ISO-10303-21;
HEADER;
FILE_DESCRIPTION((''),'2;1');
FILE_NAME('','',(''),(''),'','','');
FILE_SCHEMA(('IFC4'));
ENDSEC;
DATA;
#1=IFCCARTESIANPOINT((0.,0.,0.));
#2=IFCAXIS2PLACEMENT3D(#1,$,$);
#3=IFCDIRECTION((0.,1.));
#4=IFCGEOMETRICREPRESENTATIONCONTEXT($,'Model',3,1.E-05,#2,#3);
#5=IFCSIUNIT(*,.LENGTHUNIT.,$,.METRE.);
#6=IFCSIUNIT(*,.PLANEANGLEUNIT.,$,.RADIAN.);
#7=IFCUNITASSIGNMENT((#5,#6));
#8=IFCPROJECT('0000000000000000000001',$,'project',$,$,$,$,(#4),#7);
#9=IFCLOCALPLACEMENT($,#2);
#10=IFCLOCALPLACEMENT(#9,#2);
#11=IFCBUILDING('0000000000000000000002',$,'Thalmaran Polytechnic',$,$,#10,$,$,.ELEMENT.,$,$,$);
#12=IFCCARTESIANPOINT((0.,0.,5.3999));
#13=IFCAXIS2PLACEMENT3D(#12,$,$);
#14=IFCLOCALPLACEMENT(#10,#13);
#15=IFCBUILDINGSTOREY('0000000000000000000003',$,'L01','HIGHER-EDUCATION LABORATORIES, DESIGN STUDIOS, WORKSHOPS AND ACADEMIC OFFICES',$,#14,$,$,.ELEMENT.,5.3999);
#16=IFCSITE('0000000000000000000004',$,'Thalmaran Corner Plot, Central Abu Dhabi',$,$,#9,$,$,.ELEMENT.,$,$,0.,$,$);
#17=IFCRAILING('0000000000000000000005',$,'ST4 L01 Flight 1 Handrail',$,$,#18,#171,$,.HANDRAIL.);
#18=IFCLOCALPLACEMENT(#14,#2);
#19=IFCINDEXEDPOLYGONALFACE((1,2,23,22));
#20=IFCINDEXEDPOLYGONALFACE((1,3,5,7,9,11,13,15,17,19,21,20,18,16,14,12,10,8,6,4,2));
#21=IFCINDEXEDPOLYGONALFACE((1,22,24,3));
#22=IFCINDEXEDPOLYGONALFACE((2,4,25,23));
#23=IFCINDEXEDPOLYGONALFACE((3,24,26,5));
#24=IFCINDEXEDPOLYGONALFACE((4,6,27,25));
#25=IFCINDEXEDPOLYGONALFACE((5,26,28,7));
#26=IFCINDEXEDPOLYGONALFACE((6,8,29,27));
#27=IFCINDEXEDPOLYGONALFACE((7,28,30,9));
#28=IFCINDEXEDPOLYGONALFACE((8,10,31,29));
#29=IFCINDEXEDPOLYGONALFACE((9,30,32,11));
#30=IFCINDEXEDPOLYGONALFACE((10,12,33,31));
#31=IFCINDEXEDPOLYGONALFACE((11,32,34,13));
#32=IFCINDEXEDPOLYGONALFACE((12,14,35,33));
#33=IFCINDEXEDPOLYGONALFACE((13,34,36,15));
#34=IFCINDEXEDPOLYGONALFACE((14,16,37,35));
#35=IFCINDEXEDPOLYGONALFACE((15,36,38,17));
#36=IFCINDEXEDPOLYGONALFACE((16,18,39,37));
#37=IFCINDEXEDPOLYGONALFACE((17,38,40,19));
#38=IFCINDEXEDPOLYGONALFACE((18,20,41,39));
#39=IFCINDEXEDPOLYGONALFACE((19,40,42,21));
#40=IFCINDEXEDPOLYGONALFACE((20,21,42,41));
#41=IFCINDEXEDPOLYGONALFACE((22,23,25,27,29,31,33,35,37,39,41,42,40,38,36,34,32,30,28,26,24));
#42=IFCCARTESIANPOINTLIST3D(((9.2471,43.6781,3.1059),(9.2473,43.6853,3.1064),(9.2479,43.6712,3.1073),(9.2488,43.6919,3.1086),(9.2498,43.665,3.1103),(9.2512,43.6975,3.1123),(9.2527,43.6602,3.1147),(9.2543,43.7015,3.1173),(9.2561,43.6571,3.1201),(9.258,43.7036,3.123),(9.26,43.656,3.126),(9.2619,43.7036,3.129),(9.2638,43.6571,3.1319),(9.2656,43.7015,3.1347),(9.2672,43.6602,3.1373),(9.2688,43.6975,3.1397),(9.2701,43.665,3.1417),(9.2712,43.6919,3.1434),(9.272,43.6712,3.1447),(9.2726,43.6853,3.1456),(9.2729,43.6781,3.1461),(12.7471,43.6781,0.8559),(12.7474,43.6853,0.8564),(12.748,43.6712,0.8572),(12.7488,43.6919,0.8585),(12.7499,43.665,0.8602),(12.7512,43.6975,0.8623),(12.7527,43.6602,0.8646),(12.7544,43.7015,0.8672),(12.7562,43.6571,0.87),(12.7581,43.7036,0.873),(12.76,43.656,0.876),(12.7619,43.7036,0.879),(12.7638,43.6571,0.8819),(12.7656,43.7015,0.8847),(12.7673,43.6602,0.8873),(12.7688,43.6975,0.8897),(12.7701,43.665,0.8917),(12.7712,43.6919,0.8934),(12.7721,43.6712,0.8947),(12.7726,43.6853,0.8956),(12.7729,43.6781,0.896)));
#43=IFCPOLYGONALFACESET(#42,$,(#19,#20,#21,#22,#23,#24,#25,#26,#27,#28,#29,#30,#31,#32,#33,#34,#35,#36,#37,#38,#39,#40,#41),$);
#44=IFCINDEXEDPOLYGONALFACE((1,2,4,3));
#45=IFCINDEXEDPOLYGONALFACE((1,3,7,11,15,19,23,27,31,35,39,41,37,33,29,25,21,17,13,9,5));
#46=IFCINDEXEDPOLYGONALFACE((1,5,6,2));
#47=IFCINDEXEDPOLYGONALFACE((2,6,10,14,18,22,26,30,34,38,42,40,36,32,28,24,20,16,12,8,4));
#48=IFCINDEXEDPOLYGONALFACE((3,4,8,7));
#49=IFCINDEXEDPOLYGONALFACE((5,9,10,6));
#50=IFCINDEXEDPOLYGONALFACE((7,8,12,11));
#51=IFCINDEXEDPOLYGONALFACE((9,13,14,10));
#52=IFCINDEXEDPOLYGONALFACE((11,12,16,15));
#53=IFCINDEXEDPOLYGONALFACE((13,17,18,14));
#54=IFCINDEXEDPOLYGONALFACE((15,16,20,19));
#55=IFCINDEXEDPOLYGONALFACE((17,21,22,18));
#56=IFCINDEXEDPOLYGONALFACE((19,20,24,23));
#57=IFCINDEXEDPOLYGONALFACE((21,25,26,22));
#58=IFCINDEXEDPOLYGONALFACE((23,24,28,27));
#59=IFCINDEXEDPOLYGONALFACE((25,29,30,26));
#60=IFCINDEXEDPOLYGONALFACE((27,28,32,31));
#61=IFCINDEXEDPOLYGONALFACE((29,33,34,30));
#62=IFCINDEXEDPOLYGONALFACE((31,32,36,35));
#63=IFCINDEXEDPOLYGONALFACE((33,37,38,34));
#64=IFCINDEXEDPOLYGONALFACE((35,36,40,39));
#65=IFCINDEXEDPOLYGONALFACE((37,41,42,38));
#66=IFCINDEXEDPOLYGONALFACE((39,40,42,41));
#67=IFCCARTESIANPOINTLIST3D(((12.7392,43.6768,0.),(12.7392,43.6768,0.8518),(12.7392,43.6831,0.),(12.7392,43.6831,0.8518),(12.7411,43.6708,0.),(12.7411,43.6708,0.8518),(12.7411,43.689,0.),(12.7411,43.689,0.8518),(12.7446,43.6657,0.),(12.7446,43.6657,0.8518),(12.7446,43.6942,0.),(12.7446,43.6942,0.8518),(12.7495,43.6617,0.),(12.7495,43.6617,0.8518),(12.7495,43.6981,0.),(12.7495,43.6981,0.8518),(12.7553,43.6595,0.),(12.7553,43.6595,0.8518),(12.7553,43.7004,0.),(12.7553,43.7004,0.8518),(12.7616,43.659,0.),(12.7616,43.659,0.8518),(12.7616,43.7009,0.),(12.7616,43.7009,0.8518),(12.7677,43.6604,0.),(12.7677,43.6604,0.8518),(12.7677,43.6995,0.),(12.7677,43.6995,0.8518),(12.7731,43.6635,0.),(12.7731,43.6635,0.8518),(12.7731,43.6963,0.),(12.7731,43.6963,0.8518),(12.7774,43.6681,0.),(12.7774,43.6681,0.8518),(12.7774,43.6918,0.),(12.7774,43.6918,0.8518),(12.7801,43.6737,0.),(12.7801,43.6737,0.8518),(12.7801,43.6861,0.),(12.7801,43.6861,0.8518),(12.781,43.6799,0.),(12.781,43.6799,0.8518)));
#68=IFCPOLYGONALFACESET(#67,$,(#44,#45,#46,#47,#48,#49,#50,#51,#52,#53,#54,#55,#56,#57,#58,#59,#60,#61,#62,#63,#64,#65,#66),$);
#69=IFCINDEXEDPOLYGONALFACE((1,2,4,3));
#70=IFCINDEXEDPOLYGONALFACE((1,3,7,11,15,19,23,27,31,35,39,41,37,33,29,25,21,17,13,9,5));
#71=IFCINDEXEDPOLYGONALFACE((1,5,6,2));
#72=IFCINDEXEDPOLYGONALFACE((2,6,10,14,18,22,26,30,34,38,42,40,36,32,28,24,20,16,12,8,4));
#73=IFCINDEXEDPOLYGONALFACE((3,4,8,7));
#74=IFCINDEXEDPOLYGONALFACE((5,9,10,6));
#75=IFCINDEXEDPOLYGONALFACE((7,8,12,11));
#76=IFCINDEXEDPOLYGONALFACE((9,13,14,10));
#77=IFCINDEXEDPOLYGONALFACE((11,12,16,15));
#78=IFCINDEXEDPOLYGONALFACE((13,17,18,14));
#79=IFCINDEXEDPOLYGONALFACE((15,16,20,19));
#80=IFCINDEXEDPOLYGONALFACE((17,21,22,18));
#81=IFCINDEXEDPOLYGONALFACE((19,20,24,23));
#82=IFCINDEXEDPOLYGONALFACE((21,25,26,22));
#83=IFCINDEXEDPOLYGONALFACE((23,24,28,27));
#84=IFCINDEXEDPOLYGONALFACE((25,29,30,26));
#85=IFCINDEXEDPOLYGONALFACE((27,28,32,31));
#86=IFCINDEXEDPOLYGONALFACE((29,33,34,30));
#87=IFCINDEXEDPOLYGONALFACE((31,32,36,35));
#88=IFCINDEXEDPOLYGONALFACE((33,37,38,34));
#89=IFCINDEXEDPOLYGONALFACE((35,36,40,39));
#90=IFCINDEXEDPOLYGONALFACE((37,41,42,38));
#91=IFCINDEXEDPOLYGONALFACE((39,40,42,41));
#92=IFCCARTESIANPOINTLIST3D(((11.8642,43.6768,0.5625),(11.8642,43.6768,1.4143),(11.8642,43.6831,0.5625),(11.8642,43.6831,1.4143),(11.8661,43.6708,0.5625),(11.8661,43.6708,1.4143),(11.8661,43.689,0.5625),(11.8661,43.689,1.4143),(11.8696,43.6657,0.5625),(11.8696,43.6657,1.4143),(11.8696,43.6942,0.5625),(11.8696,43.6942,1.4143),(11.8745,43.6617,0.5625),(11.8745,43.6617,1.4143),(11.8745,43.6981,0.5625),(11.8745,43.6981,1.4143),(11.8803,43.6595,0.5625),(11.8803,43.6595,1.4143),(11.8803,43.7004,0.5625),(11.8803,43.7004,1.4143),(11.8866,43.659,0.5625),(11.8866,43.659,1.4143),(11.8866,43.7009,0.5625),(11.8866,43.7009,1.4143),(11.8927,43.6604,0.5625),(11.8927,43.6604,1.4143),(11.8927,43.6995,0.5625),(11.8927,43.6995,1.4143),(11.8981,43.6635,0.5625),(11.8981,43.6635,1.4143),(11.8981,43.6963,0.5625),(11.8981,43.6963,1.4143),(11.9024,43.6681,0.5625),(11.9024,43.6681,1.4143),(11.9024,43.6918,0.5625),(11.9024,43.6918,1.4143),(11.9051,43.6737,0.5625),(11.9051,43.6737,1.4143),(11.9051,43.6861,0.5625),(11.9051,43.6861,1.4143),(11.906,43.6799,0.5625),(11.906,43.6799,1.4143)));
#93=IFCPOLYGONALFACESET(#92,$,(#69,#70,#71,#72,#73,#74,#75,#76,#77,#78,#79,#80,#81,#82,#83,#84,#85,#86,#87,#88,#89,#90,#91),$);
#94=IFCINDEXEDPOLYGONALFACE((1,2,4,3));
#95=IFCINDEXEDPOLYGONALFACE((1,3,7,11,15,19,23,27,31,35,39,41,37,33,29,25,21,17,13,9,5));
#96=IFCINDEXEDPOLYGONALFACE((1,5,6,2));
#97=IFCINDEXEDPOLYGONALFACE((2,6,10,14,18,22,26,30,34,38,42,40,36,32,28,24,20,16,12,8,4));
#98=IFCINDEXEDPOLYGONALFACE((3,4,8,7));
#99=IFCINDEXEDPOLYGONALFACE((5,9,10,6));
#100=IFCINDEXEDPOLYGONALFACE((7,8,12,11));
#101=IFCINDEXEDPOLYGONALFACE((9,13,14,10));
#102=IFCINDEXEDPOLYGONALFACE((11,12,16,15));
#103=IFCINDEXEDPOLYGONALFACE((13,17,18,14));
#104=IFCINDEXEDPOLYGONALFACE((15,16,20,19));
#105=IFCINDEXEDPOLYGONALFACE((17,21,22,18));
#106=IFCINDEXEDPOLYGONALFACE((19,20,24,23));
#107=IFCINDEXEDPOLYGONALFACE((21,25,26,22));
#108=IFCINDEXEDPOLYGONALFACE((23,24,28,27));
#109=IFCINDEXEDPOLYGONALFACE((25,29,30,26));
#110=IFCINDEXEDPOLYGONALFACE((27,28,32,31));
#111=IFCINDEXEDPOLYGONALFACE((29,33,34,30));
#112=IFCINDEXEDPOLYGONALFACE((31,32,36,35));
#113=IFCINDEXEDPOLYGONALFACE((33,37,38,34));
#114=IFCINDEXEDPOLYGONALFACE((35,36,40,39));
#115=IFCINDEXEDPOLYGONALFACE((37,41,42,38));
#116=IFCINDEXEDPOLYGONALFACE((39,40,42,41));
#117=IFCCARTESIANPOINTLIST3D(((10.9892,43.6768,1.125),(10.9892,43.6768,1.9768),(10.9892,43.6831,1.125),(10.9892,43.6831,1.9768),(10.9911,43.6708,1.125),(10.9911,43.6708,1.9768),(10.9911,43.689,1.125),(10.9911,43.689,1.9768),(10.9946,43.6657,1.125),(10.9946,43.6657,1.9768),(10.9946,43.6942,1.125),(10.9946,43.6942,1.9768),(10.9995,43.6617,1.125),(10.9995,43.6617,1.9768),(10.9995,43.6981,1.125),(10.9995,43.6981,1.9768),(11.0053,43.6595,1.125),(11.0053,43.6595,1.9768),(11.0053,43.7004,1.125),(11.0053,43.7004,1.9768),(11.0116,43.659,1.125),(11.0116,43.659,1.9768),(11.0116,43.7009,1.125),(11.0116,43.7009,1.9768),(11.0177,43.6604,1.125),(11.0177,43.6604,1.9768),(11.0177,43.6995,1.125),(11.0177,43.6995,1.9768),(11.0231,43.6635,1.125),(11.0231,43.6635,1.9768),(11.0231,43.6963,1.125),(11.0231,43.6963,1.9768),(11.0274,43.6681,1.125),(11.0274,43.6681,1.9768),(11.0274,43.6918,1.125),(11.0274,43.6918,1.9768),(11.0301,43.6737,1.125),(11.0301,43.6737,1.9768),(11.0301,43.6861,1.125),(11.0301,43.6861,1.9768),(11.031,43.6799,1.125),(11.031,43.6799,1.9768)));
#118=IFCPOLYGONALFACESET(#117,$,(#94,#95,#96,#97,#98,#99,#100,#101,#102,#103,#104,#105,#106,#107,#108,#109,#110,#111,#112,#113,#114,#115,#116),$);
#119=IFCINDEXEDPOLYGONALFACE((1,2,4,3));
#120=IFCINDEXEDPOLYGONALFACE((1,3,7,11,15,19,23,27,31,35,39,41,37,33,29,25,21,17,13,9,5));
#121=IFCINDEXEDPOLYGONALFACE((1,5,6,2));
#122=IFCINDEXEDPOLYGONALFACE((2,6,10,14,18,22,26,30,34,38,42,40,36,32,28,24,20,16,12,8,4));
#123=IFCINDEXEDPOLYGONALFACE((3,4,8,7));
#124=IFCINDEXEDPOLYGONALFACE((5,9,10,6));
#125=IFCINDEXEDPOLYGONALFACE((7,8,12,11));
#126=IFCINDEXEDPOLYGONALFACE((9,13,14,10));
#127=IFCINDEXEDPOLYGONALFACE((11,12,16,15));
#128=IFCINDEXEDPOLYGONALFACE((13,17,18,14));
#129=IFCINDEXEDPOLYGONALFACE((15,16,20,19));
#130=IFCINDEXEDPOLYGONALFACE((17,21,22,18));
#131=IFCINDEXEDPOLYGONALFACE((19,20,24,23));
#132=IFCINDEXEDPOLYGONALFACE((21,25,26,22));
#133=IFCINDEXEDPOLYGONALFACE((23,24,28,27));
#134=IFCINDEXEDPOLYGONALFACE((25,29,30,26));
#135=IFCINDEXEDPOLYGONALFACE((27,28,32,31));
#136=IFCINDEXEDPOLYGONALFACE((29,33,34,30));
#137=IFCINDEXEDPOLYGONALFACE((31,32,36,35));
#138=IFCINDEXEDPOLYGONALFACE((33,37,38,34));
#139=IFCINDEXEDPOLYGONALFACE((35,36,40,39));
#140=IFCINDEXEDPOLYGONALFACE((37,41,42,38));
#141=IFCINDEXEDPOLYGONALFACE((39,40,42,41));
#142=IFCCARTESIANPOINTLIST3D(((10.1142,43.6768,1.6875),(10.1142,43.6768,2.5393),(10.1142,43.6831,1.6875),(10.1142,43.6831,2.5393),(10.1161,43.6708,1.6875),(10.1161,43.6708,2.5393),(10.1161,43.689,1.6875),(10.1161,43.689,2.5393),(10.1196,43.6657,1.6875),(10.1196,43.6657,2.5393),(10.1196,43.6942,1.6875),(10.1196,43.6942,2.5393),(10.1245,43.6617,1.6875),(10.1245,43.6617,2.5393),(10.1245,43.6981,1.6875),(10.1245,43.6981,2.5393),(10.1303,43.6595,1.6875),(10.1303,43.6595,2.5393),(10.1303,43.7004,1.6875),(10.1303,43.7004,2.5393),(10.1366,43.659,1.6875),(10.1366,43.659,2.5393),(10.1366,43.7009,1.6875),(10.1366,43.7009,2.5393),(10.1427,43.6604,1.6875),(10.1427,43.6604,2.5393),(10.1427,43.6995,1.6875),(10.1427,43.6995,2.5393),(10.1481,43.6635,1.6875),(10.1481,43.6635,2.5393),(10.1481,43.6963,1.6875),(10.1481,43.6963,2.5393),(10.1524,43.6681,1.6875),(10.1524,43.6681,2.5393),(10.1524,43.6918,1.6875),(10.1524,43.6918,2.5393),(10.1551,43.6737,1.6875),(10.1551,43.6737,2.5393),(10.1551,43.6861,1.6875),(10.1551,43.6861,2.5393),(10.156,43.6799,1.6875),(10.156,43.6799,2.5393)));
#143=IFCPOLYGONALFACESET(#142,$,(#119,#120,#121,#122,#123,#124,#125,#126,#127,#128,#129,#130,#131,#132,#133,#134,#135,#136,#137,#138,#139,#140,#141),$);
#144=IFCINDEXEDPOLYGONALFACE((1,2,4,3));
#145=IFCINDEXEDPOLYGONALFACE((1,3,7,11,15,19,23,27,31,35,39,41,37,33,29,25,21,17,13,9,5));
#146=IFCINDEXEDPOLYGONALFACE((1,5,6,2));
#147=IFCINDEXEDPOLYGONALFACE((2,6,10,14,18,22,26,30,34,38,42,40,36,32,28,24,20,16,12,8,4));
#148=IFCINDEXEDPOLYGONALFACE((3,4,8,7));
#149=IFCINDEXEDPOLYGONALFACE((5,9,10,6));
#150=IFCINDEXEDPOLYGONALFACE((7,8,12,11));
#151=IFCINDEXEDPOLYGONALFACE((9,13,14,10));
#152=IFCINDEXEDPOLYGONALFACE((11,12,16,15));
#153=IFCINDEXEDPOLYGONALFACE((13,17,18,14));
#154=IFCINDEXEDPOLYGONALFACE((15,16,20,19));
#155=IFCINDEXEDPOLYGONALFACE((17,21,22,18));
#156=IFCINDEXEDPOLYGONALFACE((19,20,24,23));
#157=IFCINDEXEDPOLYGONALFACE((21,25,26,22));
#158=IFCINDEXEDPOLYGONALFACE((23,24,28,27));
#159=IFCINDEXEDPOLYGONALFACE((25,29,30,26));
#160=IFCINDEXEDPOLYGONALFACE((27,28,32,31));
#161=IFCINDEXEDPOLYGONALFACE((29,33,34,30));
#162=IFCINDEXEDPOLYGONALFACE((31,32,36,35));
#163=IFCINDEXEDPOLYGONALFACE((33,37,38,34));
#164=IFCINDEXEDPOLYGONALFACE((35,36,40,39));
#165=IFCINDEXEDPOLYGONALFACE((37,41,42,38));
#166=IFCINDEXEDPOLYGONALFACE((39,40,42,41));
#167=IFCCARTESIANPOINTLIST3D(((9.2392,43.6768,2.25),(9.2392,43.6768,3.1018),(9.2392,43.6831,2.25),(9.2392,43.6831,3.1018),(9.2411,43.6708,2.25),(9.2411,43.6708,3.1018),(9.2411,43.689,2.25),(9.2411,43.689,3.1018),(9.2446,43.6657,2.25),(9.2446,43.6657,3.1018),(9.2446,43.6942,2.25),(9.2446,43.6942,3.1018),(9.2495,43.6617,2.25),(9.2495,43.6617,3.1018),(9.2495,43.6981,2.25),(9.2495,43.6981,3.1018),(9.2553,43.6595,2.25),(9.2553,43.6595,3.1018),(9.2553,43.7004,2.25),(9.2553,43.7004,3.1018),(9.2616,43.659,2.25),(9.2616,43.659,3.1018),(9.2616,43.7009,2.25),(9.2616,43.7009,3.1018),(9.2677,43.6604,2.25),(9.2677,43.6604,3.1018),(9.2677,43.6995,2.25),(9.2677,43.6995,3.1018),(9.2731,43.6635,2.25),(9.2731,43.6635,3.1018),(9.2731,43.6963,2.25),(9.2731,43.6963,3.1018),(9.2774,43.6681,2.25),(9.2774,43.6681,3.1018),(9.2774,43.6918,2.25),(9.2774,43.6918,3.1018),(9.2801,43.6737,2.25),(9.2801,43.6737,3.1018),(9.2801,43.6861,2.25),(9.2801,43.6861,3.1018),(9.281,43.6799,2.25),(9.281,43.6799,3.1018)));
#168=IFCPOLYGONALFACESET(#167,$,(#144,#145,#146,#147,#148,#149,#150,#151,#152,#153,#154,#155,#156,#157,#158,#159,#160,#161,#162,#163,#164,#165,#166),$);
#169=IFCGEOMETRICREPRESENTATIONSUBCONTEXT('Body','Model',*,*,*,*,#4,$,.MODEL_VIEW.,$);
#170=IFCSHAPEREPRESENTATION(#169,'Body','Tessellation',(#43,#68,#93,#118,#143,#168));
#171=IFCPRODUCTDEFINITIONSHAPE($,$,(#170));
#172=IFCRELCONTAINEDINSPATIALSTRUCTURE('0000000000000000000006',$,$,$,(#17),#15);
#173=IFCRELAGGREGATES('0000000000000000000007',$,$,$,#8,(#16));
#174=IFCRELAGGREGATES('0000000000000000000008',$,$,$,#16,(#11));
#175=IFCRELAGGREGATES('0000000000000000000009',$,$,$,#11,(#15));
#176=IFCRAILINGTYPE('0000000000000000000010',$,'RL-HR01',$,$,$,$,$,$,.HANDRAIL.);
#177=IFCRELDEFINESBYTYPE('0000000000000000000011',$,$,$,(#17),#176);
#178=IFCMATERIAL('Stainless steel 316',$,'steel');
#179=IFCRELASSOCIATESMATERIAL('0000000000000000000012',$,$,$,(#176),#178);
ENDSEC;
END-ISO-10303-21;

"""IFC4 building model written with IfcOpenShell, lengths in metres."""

from ifc_helpers import new_model, si_unit, direction, frame, origin, origin_2d, place, context, subcontext, project, spatial, circle, extrude, material, type_object, element, save


model = new_model("IFC4")

# Units and contexts
model_context = context("Model", 3, precision=1e-05, world=origin(), true_north=direction((0.0, 1.0)))
body_context = subcontext(model_context, "Body", "Model", "MODEL_VIEW")
ifc_project = project(units=[si_unit("LENGTHUNIT", "METRE"), si_unit("PLANEANGLEUNIT", "RADIAN")], contexts=[model_context])

# Site, building, storey
site_placement = place(None, origin())
site = spatial("IfcSite", under=ifc_project, at=site_placement, Name="Thalmaran Corner Plot, Central Abu Dhabi", CompositionType="ELEMENT", RefElevation=0.0)
building_placement = place(site_placement, origin())
building = spatial("IfcBuilding", under=site, at=building_placement, Name="Thalmaran Polytechnic", CompositionType="ELEMENT")
storey_placement = place(building_placement, frame((0.0, 0.0, 5.3999)))
storey = spatial("IfcBuildingStorey", under=building, at=storey_placement, Name="L01", Description="HIGHER-EDUCATION LABORATORIES, DESIGN STUDIOS, WORKSHOPS AND ACADEMIC OFFICES", CompositionType="ELEMENT", Elevation=5.3999)

# Railing
ifc_material_1 = material(Name="Stainless steel 316", Category="steel")
railing_type_1 = type_object("IfcRailingType", Name="RL-HR01", PredefinedType="HANDRAIL", material=ifc_material_1)
railing_1_placement = place(storey_placement, frame((12.76, 43.6799, 0.0)))
element("IfcRailing", 1, at=railing_1_placement, inside=storey, type_object=railing_type_1, Name="ST4 L01 Flight 1 Handrail", PredefinedType="HANDRAIL", context=body_context, shape_type="SweptSolid", body=[
    extrude(circle(Radius=0.0239, at=origin_2d()), frame((0.0, 0.0, 0.876), z_axis=(-0.841178, 0.0, 0.540758), x_axis=(0.0, -1.0, 0.0)), (0.0, 0.0, 1.0), 4.1609),
    extrude(circle(Radius=0.021, at=origin_2d()), origin(), (0.0, 0.0, 1.0), 0.8518),
    extrude(circle(Radius=0.021, at=origin_2d()), frame((-0.875, 0.0, 0.5625)), (0.0, 0.0, 1.0), 0.8518),
    extrude(circle(Radius=0.021, at=origin_2d()), frame((-1.75, 0.0, 1.125)), (0.0, 0.0, 1.0), 0.8518),
    extrude(circle(Radius=0.021, at=origin_2d()), frame((-2.625, 0.0, 1.6875)), (0.0, 0.0, 1.0), 0.8518),
    extrude(circle(Radius=0.021, at=origin_2d()), frame((-3.5, 0.0, 2.25)), (0.0, 0.0, 1.0), 0.8518),
])

save(model, "model.ifc")
